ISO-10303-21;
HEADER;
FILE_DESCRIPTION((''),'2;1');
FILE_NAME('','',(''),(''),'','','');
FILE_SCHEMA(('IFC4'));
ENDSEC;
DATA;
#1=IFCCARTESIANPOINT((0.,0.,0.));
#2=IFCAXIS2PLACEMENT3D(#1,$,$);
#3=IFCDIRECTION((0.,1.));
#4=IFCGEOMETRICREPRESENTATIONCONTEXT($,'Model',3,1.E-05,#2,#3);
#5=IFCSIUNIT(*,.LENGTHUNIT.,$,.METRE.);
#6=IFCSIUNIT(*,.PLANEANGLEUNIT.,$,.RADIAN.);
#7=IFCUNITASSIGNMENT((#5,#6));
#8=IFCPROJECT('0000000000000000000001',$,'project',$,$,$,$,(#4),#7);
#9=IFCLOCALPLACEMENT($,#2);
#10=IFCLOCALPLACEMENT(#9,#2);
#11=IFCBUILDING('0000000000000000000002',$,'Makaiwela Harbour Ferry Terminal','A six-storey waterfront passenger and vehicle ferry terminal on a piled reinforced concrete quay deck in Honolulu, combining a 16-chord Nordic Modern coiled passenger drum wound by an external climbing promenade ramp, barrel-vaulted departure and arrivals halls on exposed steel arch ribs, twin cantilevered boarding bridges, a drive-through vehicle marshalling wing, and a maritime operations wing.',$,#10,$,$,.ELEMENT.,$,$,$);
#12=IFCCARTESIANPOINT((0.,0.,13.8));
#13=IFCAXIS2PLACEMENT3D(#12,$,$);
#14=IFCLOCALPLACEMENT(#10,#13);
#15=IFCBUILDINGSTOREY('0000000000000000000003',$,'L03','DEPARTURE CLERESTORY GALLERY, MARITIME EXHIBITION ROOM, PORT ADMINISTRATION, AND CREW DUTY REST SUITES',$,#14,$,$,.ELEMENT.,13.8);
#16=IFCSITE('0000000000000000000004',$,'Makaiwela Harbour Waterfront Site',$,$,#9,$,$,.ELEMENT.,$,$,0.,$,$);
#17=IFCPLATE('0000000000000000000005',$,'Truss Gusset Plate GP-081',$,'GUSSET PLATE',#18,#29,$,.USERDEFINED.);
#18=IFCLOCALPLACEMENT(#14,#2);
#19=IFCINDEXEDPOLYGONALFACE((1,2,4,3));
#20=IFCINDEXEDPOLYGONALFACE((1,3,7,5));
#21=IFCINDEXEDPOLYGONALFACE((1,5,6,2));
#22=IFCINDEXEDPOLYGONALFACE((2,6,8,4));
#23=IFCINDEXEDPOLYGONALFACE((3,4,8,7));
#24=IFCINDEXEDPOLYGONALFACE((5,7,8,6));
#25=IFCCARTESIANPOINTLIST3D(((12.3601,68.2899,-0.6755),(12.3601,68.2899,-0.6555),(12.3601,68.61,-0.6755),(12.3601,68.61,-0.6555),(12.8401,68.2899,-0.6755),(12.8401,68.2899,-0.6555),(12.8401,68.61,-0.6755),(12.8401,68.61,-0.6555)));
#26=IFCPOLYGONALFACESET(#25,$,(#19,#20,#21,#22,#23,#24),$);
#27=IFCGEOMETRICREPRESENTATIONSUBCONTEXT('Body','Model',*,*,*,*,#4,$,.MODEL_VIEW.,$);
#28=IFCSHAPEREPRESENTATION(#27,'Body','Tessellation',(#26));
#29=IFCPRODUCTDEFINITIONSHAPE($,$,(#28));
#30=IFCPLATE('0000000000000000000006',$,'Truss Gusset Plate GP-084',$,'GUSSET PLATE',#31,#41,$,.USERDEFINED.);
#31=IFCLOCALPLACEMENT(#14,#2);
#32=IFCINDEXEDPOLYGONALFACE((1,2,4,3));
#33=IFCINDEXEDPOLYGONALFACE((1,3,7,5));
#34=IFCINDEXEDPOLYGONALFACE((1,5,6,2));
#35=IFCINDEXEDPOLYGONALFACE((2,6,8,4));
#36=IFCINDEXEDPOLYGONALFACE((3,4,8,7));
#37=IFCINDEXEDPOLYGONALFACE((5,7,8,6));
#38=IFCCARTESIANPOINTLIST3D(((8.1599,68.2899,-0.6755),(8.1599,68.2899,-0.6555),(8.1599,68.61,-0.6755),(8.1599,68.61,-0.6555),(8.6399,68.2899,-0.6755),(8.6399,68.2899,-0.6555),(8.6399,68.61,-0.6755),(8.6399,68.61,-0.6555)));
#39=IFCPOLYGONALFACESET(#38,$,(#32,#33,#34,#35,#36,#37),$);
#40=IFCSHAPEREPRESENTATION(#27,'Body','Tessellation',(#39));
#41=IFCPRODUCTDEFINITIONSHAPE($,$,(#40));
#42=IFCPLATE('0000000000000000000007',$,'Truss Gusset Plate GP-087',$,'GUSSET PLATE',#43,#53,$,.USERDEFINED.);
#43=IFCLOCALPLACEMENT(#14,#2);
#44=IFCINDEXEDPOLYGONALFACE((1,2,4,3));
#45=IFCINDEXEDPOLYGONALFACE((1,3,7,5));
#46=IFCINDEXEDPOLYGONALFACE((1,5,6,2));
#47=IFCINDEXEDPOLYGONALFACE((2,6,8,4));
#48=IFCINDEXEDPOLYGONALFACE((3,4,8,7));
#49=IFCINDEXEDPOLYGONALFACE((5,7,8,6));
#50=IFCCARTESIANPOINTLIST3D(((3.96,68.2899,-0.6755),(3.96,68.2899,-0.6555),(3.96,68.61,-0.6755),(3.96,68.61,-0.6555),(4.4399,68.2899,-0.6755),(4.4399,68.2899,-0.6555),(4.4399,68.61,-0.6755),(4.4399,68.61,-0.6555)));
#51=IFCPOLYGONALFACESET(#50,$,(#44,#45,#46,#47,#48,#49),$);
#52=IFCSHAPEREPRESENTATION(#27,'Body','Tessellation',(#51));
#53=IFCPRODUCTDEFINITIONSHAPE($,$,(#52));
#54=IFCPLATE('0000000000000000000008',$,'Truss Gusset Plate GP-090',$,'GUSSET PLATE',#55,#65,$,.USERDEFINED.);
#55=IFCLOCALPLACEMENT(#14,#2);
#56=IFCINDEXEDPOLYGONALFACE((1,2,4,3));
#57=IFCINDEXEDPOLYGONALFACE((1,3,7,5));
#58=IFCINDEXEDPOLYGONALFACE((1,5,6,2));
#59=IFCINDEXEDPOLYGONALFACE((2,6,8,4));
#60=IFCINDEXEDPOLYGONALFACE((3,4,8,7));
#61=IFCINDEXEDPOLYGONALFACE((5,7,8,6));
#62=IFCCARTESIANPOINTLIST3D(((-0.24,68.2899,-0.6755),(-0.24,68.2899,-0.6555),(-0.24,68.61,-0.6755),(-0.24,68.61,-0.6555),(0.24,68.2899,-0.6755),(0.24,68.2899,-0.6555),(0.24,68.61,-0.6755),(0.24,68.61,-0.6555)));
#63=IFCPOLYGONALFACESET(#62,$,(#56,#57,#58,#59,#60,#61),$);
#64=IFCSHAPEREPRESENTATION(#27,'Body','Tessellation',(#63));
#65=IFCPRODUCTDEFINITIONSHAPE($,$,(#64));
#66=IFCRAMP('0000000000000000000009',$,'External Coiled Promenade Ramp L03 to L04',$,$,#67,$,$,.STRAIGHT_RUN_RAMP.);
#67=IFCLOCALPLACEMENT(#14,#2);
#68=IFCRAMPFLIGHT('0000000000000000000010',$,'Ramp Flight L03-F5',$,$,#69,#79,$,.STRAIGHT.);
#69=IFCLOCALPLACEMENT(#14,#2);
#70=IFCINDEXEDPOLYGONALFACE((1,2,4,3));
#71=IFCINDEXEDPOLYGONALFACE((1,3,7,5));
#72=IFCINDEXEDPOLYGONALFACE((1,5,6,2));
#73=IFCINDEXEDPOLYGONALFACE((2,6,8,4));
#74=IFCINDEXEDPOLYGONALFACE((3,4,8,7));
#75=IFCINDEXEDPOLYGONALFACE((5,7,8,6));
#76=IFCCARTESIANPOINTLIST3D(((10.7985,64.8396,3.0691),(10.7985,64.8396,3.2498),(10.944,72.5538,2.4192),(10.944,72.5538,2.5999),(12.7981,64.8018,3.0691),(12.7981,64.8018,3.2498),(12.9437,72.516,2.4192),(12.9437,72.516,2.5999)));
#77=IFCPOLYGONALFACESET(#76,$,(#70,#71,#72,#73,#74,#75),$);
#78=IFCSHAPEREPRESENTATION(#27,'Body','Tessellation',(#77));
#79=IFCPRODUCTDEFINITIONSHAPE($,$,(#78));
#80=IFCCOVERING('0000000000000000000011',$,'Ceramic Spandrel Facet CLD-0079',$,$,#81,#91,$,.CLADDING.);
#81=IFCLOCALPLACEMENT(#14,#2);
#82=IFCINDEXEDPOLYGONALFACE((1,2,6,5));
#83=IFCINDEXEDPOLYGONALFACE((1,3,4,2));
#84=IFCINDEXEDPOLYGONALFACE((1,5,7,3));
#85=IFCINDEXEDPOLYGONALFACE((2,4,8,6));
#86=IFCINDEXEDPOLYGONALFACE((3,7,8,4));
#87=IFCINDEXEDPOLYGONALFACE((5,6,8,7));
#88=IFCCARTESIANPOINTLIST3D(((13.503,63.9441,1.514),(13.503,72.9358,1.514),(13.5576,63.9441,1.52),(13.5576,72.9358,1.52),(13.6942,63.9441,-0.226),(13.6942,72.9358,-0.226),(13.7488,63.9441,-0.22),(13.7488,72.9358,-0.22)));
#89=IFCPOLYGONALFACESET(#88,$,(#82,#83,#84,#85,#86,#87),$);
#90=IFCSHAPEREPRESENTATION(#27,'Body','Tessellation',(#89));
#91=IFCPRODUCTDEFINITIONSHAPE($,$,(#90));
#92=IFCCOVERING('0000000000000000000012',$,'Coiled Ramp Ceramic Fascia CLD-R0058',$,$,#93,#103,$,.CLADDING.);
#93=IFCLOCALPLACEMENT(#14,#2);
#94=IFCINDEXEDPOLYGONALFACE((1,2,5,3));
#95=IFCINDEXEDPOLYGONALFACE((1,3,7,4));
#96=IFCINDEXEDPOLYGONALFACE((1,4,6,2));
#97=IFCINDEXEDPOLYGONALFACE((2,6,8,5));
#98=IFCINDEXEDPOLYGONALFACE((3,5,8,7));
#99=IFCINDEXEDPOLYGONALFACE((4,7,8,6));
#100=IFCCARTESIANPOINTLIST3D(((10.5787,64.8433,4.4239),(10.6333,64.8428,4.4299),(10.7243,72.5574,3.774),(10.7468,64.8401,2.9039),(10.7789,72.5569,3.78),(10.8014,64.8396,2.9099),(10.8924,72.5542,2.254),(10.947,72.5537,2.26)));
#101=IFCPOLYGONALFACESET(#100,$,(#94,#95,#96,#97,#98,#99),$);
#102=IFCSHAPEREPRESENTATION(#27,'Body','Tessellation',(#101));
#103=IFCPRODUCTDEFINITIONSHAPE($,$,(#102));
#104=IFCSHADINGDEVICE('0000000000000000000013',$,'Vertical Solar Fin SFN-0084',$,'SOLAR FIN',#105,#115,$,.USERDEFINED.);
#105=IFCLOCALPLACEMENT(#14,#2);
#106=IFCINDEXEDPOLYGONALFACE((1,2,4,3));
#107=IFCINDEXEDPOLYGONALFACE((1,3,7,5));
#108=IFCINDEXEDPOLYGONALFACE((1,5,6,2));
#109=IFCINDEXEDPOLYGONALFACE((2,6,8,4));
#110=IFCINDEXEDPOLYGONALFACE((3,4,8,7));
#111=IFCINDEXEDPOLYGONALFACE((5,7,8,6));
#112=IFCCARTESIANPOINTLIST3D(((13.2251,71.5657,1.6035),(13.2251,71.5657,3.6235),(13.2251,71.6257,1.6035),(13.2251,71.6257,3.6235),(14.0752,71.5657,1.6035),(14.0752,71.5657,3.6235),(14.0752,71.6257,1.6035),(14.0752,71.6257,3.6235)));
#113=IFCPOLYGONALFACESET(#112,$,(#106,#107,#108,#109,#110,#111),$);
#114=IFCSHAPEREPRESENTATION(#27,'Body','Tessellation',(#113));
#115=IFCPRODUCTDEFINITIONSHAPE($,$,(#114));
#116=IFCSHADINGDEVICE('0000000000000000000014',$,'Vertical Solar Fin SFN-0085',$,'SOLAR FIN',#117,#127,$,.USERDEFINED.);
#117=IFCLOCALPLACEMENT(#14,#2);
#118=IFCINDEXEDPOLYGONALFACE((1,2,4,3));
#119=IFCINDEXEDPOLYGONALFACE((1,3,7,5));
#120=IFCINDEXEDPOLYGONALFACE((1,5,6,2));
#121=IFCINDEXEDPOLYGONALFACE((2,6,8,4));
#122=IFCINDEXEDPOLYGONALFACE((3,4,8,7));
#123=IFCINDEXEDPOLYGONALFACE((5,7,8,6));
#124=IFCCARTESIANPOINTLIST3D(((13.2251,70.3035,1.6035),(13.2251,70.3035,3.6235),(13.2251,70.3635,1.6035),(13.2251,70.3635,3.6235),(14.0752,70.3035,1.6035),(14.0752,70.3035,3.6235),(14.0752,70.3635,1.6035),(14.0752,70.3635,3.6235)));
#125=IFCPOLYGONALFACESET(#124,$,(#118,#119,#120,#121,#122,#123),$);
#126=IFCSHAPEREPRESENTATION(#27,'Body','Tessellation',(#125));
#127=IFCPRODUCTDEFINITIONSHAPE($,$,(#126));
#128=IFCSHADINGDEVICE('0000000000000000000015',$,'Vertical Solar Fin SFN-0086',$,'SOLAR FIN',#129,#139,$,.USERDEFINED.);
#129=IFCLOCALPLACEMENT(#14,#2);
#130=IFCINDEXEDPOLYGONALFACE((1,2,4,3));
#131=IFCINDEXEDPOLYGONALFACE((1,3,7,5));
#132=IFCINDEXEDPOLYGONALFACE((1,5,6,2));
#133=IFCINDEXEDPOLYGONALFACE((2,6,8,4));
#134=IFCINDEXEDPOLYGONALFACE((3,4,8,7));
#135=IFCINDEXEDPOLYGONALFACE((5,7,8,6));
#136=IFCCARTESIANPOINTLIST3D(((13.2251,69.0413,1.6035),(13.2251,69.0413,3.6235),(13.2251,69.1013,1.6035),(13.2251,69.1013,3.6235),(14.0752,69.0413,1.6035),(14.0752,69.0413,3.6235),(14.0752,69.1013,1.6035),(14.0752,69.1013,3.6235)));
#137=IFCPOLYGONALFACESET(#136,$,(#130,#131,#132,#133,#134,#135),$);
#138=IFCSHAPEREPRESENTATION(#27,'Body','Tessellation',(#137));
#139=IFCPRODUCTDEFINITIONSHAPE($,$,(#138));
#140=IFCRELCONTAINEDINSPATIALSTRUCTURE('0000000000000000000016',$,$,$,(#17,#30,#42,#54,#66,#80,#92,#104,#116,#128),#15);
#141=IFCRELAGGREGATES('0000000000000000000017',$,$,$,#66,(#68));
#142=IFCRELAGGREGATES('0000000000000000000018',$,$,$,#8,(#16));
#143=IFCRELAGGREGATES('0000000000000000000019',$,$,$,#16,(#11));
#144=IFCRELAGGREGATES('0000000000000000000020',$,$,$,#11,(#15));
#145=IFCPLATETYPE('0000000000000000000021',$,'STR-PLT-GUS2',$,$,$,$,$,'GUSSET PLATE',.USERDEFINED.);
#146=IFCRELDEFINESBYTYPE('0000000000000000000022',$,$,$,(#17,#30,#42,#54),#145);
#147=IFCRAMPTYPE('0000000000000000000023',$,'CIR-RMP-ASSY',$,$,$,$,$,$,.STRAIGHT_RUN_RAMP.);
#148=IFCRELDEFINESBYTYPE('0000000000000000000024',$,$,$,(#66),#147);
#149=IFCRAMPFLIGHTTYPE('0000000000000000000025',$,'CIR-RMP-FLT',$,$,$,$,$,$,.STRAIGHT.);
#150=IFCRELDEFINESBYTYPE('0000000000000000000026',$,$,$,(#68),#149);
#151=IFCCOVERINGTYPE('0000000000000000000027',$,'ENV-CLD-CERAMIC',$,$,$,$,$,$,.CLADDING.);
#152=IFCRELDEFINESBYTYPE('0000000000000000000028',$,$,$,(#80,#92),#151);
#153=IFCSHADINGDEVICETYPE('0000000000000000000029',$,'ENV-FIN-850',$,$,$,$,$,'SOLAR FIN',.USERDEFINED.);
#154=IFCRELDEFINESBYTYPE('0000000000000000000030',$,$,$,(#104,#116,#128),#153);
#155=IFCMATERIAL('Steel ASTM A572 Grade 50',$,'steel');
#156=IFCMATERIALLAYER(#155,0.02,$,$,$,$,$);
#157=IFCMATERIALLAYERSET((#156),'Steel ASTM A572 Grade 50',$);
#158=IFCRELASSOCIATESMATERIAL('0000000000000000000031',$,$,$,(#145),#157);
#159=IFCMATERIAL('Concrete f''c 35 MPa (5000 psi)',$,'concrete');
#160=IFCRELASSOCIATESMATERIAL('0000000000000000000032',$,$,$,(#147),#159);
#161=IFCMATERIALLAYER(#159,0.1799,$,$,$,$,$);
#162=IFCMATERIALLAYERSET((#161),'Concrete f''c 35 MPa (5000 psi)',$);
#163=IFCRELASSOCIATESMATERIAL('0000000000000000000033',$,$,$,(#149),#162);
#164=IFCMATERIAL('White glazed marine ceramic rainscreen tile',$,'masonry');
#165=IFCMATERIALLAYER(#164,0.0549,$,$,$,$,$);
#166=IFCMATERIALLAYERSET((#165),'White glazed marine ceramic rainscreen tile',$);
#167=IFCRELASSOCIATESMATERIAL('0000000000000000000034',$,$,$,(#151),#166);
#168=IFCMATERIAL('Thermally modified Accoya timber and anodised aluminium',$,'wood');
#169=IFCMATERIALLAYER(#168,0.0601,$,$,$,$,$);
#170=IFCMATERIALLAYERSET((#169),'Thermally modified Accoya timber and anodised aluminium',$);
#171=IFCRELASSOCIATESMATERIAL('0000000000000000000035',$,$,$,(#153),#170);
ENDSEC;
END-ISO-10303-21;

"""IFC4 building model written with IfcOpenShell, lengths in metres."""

from ifc_helpers import new_model, si_unit, direction, frame, origin, origin_2d, place, context, subcontext, project, spatial, polyline, rectangle, outline, extrude, material, layer, layer_set, type_object, element, aggregate, save


model = new_model("IFC4")

# Units and contexts
model_context = context("Model", 3, precision=1e-05, world=origin(), true_north=direction((0.0, 1.0)))
body_context = subcontext(model_context, "Body", "Model", "MODEL_VIEW")
ifc_project = project(units=[si_unit("LENGTHUNIT", "METRE"), si_unit("PLANEANGLEUNIT", "RADIAN")], contexts=[model_context])

# Site, building, storey
site_placement = place(None, origin())
site = spatial("IfcSite", under=ifc_project, at=site_placement, Name="Makaiwela Harbour Waterfront Site", CompositionType="ELEMENT", RefElevation=0.0)
building_placement = place(site_placement, origin())
building = spatial("IfcBuilding", under=site, at=building_placement, Name="Makaiwela Harbour Ferry Terminal", Description="A six-storey waterfront passenger and vehicle ferry terminal on a piled reinforced concrete quay deck in Honolulu, combining a 16-chord Nordic Modern coiled passenger drum wound by an external climbing promenade ramp, barrel-vaulted departure and arrivals halls on exposed steel arch ribs, twin cantilevered boarding bridges, a drive-through vehicle marshalling wing, and a maritime operations wing.", CompositionType="ELEMENT")
storey_placement = place(building_placement, frame((0.0, 0.0, 13.8)))
storey = spatial("IfcBuildingStorey", under=building, at=storey_placement, Name="L03", Description="DEPARTURE CLERESTORY GALLERY, MARITIME EXHIBITION ROOM, PORT ADMINISTRATION, AND CREW DUTY REST SUITES", CompositionType="ELEMENT", Elevation=13.8)

# Plates
ifc_material_1 = material(Name="Steel ASTM A572 Grade 50", Category="steel")
ifc_layer_1 = layer(ifc_material_1, 0.02)
ifc_layer_set_1 = layer_set([ifc_layer_1], Name="Steel ASTM A572 Grade 50")
plate_type_1 = type_object("IfcPlateType", Name="STR-PLT-GUS2", ElementType="GUSSET PLATE", PredefinedType="USERDEFINED", material=ifc_layer_set_1)
for number, where, z_axis, x_axis, name in (
    (1, (12.6001, 68.45, -0.6755), (0.0, 0.0, 1.0), (1.0, 0.0, 0.0), "Truss Gusset Plate GP-081"),
    (2, (8.3999, 68.45, -0.6755), (0.0, 0.0, 1.0), (1.0, 0.0, 0.0), "Truss Gusset Plate GP-084"),
    (3, (4.2, 68.45, -0.6755), (0.0, 0.0, 1.0), (1.0, 0.0, 0.0), "Truss Gusset Plate GP-087"),
    (4, (0.0, 68.45, -0.6755), (0.0, 0.0, 1.0), (1.0, 0.0, 0.0), "Truss Gusset Plate GP-090"),
):
    element("IfcPlate", number, at=place(storey_placement, frame(where, z_axis=z_axis, x_axis=x_axis)), inside=storey, type_object=plate_type_1, Name=name, ObjectType="GUSSET PLATE", PredefinedType="USERDEFINED", context=body_context, shape_type="SweptSolid", body=[
        extrude(rectangle(XDim=0.48, YDim=0.3201, at=origin_2d()), origin(), (0.0, 0.0, 1.0), 0.02),
    ])

# Ramp, ramp flight
ifc_material_2 = material(Name="Concrete f'c 35 MPa (5000 psi)", Category="concrete")
ramp_type = type_object("IfcRampType", Name="CIR-RMP-ASSY", PredefinedType="STRAIGHT_RUN_RAMP", material=ifc_material_2)
ramp_placement = place(storey_placement, origin())
ramp = element("IfcRamp", 5, at=ramp_placement, inside=storey, type_object=ramp_type, Name="External Coiled Promenade Ramp L03 to L04", PredefinedType="STRAIGHT_RUN_RAMP")
ifc_layer_2 = layer(ifc_material_2, 0.1799)
ifc_layer_set_2 = layer_set([ifc_layer_2], Name="Concrete f'c 35 MPa (5000 psi)")
ramp_flight_type = type_object("IfcRampFlightType", Name="CIR-RMP-FLT", PredefinedType="STRAIGHT", material=ifc_layer_set_2)
ramp_flight_placement = place(storey_placement, frame((11.9438, 72.5349, 2.5999), z_axis=(0.0, 0.0, 1.0), x_axis=(-0.018866, -0.999822, 0.0)))
ramp_flight = element("IfcRampFlight", 6, at=ramp_flight_placement, type_object=ramp_flight_type, Name="Ramp Flight L03-F5", PredefinedType="STRAIGHT", context=body_context, shape_type="SweptSolid", body=[
    extrude(outline(polyline([(0.0, 0.0), (7.7156, 0.6499), (7.7156, 0.4692), (0.0, -0.1807), (0.0, 0.0)])), frame((0.0, 1.0, 0.0), z_axis=(0.0, -1.0, 0.0), x_axis=(1.0, 0.0, 0.0)), (0.0, 0.0, 1.0), 2.0),
])
aggregate(ramp, [ramp_flight])

# Coverings
ifc_material_3 = material(Name="White glazed marine ceramic rainscreen tile", Category="masonry")
ifc_layer_3 = layer(ifc_material_3, 0.0549)
ifc_layer_set_3 = layer_set([ifc_layer_3], Name="White glazed marine ceramic rainscreen tile")
covering_type = type_object("IfcCoveringType", Name="ENV-CLD-CERAMIC", PredefinedType="CLADDING", material=ifc_layer_set_3)
covering_1_placement = place(storey_placement, frame((13.7488, 72.9358, -0.22), z_axis=(0.994019, 0.0, 0.109207), x_axis=(0.0, -1.0, 0.0)))
element("IfcCovering", 7, at=covering_1_placement, inside=storey, type_object=covering_type, Name="Ceramic Spandrel Facet CLD-0079", PredefinedType="CLADDING", context=body_context, shape_type="SweptSolid", body=[
    extrude(outline(polyline([(0.0, 0.0), (8.9917, 0.0), (8.9917, -1.7505), (0.0, -1.7505), (0.0, 0.0)])), origin(), (0.0, 0.0, -1.0), 0.0549),
])
covering_2_placement = place(storey_placement, frame((10.947, 72.5537, 2.26), z_axis=(0.993894, -0.009502, 0.109929), x_axis=(-0.018808, -0.996294, 0.083935)))
element("IfcCovering", 8, at=covering_2_placement, inside=storey, type_object=covering_type, Name="Coiled Ramp Ceramic Fascia CLD-R0058", PredefinedType="CLADDING", context=body_context, shape_type="SweptSolid", body=[
    extrude(outline(polyline([(0.0, 0.0), (7.7428, 0.0), (7.8704, -1.524), (0.1276, -1.5239), (0.0, 0.0)])), origin(), (0.0, 0.0, -1.0), 0.0549),
])

# Shading devices
ifc_material_4 = material(Name="Thermally modified Accoya timber and anodised aluminium", Category="wood")
ifc_layer_4 = layer(ifc_material_4, 0.0601)
ifc_layer_set_4 = layer_set([ifc_layer_4], Name="Thermally modified Accoya timber and anodised aluminium")
shading_device_type = type_object("IfcShadingDeviceType", Name="ENV-FIN-850", ElementType="SOLAR FIN", PredefinedType="USERDEFINED", material=ifc_layer_set_4)
for number, where, z_axis, x_axis, name in (
    (9, (13.6501, 71.5957, 1.6035), (0.0, 0.0, 1.0), (-1.0, 0.0, 0.0), "Vertical Solar Fin SFN-0084"),
    (10, (13.6501, 70.3335, 1.6035), (0.0, 0.0, 1.0), (-1.0, 0.0, 0.0), "Vertical Solar Fin SFN-0085"),
    (11, (13.6501, 69.0713, 1.6035), (0.0, 0.0, 1.0), (-1.0, 0.0, 0.0), "Vertical Solar Fin SFN-0086"),
):
    element("IfcShadingDevice", number, at=place(storey_placement, frame(where, z_axis=z_axis, x_axis=x_axis)), inside=storey, type_object=shading_device_type, Name=name, ObjectType="SOLAR FIN", PredefinedType="USERDEFINED", context=body_context, shape_type="SweptSolid", body=[
        extrude(rectangle(XDim=0.8501, YDim=0.0601, at=origin_2d()), origin(), (0.0, 0.0, 1.0), 2.02),
    ])

save(model, "model.ifc")
